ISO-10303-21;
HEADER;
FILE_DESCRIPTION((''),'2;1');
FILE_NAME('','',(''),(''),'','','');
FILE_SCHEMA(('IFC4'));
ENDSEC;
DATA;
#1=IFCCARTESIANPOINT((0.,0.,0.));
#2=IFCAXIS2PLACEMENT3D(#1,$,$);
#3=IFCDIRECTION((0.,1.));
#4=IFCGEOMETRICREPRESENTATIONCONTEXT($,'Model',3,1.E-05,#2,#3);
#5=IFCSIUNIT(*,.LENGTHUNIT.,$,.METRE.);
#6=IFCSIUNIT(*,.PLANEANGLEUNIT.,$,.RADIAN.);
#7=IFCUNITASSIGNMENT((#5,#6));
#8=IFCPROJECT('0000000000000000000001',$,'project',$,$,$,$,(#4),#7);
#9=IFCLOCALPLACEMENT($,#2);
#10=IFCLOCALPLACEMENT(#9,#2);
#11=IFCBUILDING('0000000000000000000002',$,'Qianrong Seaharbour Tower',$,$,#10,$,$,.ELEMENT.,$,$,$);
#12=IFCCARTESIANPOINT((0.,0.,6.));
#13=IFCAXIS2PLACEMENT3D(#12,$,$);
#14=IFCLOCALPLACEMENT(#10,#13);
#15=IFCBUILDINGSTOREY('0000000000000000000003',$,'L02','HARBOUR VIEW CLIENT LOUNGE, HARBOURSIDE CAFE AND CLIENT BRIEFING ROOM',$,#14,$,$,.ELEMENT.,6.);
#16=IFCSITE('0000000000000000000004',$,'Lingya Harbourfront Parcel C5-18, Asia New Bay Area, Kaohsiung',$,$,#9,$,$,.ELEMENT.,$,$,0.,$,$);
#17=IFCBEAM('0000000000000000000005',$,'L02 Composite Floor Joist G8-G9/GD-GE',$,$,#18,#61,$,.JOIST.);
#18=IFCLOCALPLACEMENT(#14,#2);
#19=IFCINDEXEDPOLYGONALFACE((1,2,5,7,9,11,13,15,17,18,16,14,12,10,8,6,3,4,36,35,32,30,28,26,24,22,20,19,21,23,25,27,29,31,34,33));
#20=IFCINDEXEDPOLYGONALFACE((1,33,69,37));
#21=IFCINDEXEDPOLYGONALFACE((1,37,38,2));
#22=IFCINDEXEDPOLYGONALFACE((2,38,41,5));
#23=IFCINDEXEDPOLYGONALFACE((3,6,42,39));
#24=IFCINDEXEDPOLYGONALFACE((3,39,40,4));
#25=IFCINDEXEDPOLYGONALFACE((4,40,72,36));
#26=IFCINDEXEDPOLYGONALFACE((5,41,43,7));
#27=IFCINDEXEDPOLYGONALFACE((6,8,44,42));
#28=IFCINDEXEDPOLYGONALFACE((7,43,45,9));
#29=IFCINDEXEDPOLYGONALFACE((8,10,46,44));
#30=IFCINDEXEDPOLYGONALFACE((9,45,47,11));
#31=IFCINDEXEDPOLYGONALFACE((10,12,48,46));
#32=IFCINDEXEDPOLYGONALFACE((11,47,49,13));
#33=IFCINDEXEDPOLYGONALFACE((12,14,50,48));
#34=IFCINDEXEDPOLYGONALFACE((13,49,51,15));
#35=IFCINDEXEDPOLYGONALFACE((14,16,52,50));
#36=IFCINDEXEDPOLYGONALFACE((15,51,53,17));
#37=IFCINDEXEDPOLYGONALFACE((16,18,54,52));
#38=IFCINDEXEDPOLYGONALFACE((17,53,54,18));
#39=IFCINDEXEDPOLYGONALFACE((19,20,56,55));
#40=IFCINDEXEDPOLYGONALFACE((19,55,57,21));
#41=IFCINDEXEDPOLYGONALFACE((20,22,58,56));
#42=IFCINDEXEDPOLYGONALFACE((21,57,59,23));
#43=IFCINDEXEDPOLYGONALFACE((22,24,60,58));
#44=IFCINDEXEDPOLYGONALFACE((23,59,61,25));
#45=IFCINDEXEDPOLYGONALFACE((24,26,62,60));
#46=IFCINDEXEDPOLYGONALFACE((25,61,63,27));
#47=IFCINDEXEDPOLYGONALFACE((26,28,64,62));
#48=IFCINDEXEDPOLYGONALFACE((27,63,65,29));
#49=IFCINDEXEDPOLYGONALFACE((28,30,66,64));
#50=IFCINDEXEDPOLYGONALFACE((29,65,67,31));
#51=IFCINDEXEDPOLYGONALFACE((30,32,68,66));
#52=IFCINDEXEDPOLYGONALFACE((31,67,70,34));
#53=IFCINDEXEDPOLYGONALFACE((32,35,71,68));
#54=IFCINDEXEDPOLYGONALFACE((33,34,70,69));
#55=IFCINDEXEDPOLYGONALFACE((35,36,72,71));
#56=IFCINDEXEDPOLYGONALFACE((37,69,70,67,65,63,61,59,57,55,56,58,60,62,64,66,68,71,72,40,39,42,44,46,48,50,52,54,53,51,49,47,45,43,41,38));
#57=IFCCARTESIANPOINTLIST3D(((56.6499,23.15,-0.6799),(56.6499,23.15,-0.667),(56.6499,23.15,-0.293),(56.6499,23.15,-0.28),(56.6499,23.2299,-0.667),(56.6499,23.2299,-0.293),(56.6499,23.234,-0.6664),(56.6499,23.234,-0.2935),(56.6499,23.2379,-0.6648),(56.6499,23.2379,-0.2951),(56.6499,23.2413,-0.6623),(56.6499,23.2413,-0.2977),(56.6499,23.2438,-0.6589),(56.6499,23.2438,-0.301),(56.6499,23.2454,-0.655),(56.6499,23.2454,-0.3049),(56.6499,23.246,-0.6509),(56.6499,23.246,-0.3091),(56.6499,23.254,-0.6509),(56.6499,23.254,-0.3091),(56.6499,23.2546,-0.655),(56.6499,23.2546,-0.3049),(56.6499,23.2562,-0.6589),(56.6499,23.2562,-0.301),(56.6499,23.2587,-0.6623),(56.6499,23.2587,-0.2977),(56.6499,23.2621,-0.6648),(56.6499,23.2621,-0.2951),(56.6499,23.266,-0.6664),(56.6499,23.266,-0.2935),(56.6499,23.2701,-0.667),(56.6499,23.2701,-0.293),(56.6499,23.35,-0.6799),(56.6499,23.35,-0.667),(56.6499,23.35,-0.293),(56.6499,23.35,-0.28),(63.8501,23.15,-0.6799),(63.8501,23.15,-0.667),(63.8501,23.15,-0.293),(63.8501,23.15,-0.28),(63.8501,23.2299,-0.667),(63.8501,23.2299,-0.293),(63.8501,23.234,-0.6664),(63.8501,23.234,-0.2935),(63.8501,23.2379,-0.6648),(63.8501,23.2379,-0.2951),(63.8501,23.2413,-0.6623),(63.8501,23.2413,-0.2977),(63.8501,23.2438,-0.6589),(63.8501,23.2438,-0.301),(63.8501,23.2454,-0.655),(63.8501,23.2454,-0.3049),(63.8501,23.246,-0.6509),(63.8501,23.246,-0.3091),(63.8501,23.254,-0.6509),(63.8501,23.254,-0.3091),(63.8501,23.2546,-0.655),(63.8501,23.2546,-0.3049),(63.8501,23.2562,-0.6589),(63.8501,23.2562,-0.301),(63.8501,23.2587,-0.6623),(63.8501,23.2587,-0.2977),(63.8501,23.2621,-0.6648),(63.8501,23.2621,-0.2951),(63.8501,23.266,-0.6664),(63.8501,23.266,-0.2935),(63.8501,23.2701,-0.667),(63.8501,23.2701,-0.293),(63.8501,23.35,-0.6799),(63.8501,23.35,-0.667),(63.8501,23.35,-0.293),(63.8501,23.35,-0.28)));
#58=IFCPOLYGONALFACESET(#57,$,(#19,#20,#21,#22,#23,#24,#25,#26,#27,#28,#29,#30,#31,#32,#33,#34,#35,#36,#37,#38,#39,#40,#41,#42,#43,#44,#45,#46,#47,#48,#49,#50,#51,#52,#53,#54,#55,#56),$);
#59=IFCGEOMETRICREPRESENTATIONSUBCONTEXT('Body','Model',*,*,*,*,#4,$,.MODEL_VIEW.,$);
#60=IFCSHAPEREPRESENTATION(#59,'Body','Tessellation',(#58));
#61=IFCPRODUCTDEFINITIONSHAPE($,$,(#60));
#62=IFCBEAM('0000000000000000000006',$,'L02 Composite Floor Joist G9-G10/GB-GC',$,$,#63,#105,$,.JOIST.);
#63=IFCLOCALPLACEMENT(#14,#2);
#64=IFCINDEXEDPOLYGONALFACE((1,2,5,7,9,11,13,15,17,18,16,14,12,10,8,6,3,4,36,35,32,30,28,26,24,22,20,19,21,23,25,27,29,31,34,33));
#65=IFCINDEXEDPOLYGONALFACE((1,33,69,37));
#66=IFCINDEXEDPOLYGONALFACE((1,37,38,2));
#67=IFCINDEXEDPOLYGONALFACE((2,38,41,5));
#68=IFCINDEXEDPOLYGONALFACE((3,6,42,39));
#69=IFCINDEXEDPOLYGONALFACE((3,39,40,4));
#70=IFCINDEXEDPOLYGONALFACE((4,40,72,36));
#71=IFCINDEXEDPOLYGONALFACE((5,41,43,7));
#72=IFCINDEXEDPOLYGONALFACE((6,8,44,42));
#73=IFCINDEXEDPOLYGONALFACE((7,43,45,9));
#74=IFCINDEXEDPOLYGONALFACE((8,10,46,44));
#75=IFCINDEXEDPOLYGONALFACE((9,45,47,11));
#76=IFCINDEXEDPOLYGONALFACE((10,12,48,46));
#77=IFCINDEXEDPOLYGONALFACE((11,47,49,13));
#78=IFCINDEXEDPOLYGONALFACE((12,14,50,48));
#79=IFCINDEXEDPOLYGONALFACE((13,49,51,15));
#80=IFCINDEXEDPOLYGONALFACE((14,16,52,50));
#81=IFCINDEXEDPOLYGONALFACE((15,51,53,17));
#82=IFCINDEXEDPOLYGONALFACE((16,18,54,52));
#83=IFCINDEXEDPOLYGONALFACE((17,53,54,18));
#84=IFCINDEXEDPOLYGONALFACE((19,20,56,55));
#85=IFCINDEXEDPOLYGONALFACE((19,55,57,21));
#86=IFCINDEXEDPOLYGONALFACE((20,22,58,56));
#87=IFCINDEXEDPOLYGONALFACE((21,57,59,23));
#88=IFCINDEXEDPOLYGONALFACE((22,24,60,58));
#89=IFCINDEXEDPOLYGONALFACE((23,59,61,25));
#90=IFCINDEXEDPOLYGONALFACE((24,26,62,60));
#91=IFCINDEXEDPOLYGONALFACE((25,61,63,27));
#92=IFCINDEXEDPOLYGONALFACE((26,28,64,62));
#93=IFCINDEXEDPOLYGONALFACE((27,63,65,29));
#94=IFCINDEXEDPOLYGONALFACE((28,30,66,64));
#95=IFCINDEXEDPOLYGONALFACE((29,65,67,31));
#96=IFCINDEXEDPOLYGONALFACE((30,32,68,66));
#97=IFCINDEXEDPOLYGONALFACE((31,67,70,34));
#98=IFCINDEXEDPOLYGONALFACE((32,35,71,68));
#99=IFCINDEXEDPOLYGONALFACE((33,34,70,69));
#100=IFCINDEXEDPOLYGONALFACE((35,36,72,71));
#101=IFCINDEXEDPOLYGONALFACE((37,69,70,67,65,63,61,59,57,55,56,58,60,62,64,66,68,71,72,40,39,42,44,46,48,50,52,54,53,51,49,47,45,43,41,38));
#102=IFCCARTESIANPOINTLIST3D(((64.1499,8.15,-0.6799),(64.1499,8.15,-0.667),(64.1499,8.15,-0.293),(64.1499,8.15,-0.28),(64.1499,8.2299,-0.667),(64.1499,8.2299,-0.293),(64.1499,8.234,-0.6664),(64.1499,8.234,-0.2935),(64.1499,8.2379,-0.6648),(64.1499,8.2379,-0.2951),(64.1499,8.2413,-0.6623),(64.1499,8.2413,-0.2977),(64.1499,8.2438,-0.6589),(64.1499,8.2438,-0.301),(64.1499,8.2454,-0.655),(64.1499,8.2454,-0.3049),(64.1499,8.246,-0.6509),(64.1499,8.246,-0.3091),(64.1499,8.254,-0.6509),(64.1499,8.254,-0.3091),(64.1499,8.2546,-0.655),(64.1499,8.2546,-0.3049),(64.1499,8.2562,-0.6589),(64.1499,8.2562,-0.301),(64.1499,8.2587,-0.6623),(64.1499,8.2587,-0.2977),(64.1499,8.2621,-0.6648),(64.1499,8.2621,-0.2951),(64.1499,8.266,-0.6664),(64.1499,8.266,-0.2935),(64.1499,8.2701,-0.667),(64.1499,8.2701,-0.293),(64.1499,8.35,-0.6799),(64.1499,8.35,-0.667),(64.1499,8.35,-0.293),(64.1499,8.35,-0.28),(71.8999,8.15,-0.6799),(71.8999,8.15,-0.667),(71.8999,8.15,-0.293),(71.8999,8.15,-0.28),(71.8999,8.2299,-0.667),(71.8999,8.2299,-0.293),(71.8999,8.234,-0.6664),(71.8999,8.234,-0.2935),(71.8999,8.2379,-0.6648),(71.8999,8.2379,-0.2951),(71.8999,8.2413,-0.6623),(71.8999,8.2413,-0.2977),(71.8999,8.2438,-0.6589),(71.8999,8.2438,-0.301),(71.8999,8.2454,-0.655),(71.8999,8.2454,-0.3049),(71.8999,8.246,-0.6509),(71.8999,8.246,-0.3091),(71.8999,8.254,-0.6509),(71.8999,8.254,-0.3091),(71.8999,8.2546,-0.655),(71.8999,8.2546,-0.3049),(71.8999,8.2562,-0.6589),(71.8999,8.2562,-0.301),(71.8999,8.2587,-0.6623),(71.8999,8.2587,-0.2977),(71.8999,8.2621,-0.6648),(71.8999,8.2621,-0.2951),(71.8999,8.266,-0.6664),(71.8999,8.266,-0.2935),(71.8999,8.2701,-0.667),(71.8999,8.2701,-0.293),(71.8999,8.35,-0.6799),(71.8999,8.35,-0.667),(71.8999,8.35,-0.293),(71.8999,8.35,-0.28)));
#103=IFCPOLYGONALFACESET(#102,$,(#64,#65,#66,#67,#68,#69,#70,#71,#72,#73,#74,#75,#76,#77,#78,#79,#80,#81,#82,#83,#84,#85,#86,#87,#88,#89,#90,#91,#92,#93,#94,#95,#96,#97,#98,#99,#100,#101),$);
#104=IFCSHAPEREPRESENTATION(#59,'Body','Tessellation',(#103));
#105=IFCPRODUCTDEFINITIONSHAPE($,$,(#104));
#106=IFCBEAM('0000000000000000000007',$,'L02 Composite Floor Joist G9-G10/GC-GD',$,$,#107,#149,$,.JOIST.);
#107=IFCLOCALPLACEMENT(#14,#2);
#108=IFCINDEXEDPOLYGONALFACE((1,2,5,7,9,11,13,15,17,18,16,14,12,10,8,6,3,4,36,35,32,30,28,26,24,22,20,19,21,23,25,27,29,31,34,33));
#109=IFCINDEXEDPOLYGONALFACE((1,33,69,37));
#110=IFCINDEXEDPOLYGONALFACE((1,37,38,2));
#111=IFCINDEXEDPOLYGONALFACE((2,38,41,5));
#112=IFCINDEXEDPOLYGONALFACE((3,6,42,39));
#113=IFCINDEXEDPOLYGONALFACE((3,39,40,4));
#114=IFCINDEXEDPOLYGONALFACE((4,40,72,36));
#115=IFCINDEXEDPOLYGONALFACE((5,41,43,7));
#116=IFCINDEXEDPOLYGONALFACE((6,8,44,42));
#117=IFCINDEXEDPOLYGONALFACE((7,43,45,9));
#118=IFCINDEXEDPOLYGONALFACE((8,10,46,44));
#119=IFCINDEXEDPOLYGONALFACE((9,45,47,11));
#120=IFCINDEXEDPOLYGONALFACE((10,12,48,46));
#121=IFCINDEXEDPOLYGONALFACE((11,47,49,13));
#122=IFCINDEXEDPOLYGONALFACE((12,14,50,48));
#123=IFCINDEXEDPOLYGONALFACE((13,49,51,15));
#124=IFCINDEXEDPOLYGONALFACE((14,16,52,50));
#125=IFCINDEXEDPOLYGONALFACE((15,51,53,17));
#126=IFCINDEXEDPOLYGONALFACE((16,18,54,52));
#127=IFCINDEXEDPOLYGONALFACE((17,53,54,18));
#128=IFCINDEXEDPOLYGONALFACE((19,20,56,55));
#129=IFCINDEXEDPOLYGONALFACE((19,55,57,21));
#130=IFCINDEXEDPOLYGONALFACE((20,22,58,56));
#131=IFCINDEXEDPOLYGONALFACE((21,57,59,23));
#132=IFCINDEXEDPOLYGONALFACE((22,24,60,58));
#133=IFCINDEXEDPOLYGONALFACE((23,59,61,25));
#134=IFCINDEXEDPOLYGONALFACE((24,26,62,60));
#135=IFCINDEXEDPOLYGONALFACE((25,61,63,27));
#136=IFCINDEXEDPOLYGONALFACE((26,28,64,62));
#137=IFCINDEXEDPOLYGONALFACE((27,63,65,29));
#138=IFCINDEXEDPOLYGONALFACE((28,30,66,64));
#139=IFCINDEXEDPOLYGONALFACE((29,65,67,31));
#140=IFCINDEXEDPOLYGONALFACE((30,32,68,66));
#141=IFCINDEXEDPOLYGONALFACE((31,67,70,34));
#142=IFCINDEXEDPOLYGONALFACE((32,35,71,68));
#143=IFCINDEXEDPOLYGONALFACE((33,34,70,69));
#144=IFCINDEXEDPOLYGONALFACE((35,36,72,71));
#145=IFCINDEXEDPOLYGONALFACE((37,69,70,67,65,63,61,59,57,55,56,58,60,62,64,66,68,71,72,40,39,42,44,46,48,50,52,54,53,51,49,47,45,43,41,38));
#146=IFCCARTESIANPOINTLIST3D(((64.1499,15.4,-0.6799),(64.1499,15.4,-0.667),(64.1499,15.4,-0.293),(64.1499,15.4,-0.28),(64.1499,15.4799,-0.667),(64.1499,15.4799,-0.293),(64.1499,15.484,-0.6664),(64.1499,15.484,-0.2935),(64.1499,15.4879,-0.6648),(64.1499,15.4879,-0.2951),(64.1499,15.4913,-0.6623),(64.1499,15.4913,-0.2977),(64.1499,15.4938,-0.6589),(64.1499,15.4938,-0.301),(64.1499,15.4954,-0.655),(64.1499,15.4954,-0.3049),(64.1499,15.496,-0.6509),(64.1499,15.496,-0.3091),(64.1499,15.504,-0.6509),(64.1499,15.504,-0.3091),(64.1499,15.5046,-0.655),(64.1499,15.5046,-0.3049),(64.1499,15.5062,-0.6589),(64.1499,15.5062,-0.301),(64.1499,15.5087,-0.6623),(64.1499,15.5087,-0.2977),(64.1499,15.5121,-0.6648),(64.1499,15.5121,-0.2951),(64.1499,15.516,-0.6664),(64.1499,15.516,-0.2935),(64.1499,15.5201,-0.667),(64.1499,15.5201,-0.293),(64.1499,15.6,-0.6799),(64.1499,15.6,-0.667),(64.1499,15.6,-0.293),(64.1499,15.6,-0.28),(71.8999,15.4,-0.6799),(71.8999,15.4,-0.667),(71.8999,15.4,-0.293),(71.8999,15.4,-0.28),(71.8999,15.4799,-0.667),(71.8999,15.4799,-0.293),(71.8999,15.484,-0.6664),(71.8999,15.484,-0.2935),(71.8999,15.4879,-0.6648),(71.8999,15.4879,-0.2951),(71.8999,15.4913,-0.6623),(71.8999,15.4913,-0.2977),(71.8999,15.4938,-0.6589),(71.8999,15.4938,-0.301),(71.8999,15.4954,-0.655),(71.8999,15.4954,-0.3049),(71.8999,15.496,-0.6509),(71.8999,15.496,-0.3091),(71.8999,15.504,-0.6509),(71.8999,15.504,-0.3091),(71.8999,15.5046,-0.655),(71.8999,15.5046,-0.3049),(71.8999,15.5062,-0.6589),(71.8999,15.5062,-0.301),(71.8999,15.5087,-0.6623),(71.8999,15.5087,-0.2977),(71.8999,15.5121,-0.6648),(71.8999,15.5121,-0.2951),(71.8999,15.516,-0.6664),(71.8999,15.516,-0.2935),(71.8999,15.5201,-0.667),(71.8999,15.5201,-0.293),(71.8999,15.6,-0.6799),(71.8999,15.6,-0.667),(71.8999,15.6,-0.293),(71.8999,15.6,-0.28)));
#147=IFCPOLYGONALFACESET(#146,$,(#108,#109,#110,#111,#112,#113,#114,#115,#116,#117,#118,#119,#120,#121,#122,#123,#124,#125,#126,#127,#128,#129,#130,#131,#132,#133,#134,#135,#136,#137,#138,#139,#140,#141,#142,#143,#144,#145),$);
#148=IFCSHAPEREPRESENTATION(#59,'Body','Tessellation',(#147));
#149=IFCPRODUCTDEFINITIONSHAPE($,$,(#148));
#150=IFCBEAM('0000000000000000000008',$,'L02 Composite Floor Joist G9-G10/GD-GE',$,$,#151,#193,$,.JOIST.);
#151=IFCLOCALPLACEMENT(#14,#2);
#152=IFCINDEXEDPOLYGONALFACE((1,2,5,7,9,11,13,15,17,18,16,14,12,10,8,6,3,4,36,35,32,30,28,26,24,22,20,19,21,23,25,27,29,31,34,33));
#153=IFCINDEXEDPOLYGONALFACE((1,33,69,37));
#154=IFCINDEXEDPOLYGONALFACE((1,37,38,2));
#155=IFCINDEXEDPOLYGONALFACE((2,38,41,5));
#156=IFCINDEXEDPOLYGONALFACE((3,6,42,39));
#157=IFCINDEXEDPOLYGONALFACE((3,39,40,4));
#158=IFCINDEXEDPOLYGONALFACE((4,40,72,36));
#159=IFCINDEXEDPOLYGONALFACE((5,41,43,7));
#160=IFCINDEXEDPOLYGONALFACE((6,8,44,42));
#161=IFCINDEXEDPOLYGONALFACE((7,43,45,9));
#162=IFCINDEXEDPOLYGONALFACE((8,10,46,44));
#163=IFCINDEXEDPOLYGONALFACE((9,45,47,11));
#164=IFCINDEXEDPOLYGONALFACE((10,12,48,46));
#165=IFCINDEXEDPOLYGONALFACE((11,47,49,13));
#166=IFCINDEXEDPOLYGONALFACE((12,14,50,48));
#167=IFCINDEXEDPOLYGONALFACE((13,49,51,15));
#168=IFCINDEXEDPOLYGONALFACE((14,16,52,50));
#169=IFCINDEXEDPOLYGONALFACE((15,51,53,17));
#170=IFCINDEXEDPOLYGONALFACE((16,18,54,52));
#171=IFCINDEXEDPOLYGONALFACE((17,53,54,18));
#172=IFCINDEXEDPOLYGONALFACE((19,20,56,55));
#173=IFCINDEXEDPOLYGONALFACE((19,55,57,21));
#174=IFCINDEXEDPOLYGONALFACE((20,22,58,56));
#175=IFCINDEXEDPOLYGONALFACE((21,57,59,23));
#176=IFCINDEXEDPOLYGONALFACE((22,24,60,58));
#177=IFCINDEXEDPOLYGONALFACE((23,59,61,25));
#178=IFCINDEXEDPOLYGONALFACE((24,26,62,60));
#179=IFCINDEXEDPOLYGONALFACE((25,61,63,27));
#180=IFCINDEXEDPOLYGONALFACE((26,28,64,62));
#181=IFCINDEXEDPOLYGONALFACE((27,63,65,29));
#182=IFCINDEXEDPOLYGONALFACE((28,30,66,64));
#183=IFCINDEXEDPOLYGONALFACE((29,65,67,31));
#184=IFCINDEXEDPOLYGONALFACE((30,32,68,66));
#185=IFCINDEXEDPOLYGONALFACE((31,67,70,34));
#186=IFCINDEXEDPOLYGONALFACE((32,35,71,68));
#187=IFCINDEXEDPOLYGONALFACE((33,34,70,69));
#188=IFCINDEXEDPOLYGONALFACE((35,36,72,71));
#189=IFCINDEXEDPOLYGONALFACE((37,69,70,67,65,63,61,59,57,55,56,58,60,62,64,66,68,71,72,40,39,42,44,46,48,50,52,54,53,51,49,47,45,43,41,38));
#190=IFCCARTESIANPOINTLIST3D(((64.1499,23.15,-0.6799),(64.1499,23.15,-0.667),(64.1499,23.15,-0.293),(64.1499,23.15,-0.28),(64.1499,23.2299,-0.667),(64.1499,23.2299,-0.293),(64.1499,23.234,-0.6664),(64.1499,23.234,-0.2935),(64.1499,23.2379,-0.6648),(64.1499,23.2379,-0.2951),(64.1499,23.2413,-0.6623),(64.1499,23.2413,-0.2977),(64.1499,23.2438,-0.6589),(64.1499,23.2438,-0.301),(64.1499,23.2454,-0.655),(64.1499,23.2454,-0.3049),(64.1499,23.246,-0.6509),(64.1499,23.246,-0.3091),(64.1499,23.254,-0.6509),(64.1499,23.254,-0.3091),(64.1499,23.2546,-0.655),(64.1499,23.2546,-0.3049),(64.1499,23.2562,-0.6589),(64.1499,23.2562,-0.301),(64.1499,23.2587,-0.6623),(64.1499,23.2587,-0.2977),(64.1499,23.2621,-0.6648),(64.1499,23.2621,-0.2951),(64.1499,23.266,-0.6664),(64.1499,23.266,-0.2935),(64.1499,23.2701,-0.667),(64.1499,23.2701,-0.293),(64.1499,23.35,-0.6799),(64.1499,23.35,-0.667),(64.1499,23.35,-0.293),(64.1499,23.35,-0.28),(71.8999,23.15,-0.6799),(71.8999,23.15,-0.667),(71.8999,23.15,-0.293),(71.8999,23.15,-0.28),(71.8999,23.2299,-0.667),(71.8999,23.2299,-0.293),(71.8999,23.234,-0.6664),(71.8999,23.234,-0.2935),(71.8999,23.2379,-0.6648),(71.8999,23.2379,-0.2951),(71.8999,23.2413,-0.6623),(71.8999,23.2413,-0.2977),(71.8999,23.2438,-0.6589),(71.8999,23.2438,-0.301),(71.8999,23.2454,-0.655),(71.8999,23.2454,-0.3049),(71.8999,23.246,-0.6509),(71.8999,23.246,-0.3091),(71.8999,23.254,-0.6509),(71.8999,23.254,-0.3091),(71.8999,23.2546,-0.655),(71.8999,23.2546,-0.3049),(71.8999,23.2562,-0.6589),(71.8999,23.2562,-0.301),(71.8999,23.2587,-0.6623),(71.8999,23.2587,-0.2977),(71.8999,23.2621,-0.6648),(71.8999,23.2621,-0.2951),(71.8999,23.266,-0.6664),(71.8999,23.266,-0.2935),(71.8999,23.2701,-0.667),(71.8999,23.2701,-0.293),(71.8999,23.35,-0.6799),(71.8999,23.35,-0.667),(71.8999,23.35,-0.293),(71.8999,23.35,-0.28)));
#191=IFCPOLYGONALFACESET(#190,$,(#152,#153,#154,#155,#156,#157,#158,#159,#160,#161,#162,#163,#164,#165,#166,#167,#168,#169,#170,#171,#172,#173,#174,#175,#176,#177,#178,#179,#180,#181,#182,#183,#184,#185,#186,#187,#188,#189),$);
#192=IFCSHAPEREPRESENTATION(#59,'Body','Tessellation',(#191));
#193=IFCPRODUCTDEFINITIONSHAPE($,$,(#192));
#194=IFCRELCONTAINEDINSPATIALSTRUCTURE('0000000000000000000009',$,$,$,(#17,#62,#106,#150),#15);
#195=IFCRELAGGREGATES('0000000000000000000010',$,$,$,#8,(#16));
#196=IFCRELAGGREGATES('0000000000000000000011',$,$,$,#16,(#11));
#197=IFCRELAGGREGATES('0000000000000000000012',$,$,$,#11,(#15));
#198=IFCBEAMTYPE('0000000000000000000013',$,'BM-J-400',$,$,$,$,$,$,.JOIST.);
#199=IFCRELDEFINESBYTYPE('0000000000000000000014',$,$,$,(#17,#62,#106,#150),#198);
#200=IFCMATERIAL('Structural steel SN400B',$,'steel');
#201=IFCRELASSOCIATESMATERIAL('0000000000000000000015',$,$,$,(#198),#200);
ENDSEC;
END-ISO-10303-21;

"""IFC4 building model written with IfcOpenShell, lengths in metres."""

from ifc_helpers import new_model, si_unit, direction, frame, origin, origin_2d, place, context, subcontext, project, spatial, i_section, extrude, material, material_profile, profile_set, type_object, element, save


model = new_model("IFC4")

# Units and contexts
model_context = context("Model", 3, precision=1e-05, world=origin(), true_north=direction((0.0, 1.0)))
body_context = subcontext(model_context, "Body", "Model", "MODEL_VIEW")
ifc_project = project(units=[si_unit("LENGTHUNIT", "METRE"), si_unit("PLANEANGLEUNIT", "RADIAN")], contexts=[model_context])

# Site, building, storey
site_placement = place(None, origin())
site = spatial("IfcSite", under=ifc_project, at=site_placement, Name="Lingya Harbourfront Parcel C5-18, Asia New Bay Area, Kaohsiung", CompositionType="ELEMENT", RefElevation=0.0)
building_placement = place(site_placement, origin())
building = spatial("IfcBuilding", under=site, at=building_placement, Name="Qianrong Seaharbour Tower", CompositionType="ELEMENT")
storey_placement = place(building_placement, frame((0.0, 0.0, 6.0)))
storey = spatial("IfcBuildingStorey", under=building, at=storey_placement, Name="L02", Description="HARBOUR VIEW CLIENT LOUNGE, HARBOURSIDE CAFE AND CLIENT BRIEFING ROOM", CompositionType="ELEMENT", Elevation=6.0)

# Beams
ifc_material_1 = material(Name="Structural steel SN400B", Category="steel")
ifc_material_profile_1 = material_profile(ifc_material_1, i_section(OverallWidth=0.2, OverallDepth=0.3999, WebThickness=0.0081, FlangeThickness=0.0129, FilletRadius=0.0161, at=origin_2d()), Name="H400x200x8x13")
ifc_profile_set_1 = profile_set([ifc_material_profile_1], Name="Structural steel SN400B")
beam_type_1 = type_object("IfcBeamType", Name="BM-J-400", PredefinedType="JOIST", material=ifc_profile_set_1)
for number, where, z_axis, x_axis, name in (
    (1, (56.6499, 23.25, -0.48), (1.0, 0.0, 0.0), (0.0, 1.0, 0.0), "L02 Composite Floor Joist G8-G9/GD-GE"),
):
    element("IfcBeam", number, at=place(storey_placement, frame(where, z_axis=z_axis, x_axis=x_axis)), inside=storey, type_object=beam_type_1, Name=name, PredefinedType="JOIST", context=body_context, shape_type="SweptSolid", body=[
        extrude(i_section(OverallWidth=0.2, OverallDepth=0.3999, WebThickness=0.0081, FlangeThickness=0.0129, FilletRadius=0.0161, at=origin_2d()), origin(), (0.0, 0.0, 1.0), 7.2002),
    ])
for number, where, z_axis, x_axis, name in (
    (2, (64.1499, 8.25, -0.48), (1.0, 0.0, 0.0), (0.0, 1.0, 0.0), "L02 Composite Floor Joist G9-G10/GB-GC"),
    (3, (64.1499, 15.5, -0.48), (1.0, 0.0, 0.0), (0.0, 1.0, 0.0), "L02 Composite Floor Joist G9-G10/GC-GD"),
    (4, (64.1499, 23.25, -0.48), (1.0, 0.0, 0.0), (0.0, 1.0, 0.0), "L02 Composite Floor Joist G9-G10/GD-GE"),
):
    element("IfcBeam", number, at=place(storey_placement, frame(where, z_axis=z_axis, x_axis=x_axis)), inside=storey, type_object=beam_type_1, Name=name, PredefinedType="JOIST", context=body_context, shape_type="SweptSolid", body=[
        extrude(i_section(OverallWidth=0.2, OverallDepth=0.3999, WebThickness=0.0081, FlangeThickness=0.0129, FilletRadius=0.0161, at=origin_2d()), origin(), (0.0, 0.0, 1.0), 7.75),
    ])

save(model, "model.ifc")
